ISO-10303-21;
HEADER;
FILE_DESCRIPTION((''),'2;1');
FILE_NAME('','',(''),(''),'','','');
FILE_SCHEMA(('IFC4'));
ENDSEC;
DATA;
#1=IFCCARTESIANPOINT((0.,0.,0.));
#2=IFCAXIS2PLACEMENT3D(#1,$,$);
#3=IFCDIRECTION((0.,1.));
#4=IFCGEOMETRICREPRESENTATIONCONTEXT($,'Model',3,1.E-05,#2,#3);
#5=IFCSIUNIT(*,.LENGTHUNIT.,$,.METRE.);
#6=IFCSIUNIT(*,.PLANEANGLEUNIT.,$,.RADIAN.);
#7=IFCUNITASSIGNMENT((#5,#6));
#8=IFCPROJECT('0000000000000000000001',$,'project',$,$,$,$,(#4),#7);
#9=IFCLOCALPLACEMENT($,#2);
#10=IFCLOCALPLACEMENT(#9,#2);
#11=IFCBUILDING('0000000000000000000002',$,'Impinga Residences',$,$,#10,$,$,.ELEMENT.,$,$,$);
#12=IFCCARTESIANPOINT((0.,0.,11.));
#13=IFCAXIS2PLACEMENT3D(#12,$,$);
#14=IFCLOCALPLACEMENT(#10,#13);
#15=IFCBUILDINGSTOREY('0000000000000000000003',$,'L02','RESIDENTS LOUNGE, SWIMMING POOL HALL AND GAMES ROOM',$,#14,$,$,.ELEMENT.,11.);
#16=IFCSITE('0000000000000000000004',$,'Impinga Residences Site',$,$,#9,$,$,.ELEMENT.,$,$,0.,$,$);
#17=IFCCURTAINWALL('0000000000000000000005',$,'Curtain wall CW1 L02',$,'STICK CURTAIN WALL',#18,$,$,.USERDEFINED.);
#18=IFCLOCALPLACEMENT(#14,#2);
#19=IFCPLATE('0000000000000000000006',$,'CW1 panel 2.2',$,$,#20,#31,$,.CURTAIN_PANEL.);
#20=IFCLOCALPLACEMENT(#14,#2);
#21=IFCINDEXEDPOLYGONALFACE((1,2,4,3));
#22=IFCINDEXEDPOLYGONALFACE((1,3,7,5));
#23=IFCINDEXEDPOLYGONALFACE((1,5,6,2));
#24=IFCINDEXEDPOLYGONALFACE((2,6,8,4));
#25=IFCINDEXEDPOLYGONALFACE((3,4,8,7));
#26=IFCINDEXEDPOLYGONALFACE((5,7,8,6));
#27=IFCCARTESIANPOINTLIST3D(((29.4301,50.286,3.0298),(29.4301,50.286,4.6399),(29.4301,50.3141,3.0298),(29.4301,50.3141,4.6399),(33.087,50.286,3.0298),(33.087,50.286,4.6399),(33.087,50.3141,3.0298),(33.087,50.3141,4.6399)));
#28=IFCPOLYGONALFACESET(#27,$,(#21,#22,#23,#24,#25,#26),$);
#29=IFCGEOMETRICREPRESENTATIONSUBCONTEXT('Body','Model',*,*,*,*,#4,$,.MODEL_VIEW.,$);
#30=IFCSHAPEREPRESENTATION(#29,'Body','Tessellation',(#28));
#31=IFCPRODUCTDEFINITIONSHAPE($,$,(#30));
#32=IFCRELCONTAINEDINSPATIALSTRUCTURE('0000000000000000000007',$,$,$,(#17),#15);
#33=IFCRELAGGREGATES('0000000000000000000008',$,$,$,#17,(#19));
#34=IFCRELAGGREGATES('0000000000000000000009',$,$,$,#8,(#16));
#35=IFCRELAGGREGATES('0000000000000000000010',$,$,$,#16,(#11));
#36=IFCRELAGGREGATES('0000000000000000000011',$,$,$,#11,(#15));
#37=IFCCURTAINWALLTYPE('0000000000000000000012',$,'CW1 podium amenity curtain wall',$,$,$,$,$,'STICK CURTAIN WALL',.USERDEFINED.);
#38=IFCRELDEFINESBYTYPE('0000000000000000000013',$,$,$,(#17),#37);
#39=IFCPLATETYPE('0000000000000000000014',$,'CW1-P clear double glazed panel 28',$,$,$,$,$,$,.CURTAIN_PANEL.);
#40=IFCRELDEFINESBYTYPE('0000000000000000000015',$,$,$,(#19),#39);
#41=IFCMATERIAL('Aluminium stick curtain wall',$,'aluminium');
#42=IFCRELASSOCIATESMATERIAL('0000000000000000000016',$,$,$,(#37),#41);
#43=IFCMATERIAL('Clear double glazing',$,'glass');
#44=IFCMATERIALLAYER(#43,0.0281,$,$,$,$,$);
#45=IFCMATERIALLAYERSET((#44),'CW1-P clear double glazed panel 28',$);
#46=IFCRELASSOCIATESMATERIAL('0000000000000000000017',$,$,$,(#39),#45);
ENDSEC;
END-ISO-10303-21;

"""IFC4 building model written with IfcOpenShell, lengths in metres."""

from ifc_helpers import new_model, si_unit, direction, frame, origin, origin_2d, place, context, subcontext, project, spatial, rectangle, extrude, material, layer, layer_set, type_object, element, aggregate, save


model = new_model("IFC4")

# Units and contexts
model_context = context("Model", 3, precision=1e-05, world=origin(), true_north=direction((0.0, 1.0)))
body_context = subcontext(model_context, "Body", "Model", "MODEL_VIEW")
ifc_project = project(units=[si_unit("LENGTHUNIT", "METRE"), si_unit("PLANEANGLEUNIT", "RADIAN")], contexts=[model_context])

# Site, building, storey
site_placement = place(None, origin())
site = spatial("IfcSite", under=ifc_project, at=site_placement, Name="Impinga Residences Site", CompositionType="ELEMENT", RefElevation=0.0)
building_placement = place(site_placement, origin())
building = spatial("IfcBuilding", under=site, at=building_placement, Name="Impinga Residences", CompositionType="ELEMENT")
storey_placement = place(building_placement, frame((0.0, 0.0, 11.0)))
storey = spatial("IfcBuildingStorey", under=building, at=storey_placement, Name="L02", Description="RESIDENTS LOUNGE, SWIMMING POOL HALL AND GAMES ROOM", CompositionType="ELEMENT", Elevation=11.0)

# Curtain wall
ifc_material_1 = material(Name="Aluminium stick curtain wall", Category="aluminium")
curtain_wall_type = type_object("IfcCurtainWallType", Name="CW1 podium amenity curtain wall", ElementType="STICK CURTAIN WALL", PredefinedType="USERDEFINED", material=ifc_material_1)
curtain_wall_1_placement = place(storey_placement, origin())
curtain_wall_1 = element("IfcCurtainWall", 1, at=curtain_wall_1_placement, inside=storey, type_object=curtain_wall_type, Name="Curtain wall CW1 L02", ObjectType="STICK CURTAIN WALL", PredefinedType="USERDEFINED")

# Plate
ifc_material_2 = material(Name="Clear double glazing", Category="glass")
ifc_layer = layer(ifc_material_2, 0.0281)
ifc_layer_set = layer_set([ifc_layer], Name="CW1-P clear double glazed panel 28")
plate_type = type_object("IfcPlateType", Name="CW1-P clear double glazed panel 28", PredefinedType="CURTAIN_PANEL", material=ifc_layer_set)
plate_1_placement = place(storey_placement, frame((31.2585, 50.3, 3.0298), z_axis=(0.0, 0.0, 1.0), x_axis=(1.0, 0.0, 0.0)))
plate_1 = element("IfcPlate", 2, at=plate_1_placement, type_object=plate_type, Name="CW1 panel 2.2", PredefinedType="CURTAIN_PANEL", context=body_context, shape_type="SweptSolid", body=[
    extrude(rectangle(XDim=3.657, YDim=0.0281, at=origin_2d()), origin(), (0.0, 0.0, 1.0), 1.6101),
])
aggregate(curtain_wall_1, [plate_1])

save(model, "model.ifc")
